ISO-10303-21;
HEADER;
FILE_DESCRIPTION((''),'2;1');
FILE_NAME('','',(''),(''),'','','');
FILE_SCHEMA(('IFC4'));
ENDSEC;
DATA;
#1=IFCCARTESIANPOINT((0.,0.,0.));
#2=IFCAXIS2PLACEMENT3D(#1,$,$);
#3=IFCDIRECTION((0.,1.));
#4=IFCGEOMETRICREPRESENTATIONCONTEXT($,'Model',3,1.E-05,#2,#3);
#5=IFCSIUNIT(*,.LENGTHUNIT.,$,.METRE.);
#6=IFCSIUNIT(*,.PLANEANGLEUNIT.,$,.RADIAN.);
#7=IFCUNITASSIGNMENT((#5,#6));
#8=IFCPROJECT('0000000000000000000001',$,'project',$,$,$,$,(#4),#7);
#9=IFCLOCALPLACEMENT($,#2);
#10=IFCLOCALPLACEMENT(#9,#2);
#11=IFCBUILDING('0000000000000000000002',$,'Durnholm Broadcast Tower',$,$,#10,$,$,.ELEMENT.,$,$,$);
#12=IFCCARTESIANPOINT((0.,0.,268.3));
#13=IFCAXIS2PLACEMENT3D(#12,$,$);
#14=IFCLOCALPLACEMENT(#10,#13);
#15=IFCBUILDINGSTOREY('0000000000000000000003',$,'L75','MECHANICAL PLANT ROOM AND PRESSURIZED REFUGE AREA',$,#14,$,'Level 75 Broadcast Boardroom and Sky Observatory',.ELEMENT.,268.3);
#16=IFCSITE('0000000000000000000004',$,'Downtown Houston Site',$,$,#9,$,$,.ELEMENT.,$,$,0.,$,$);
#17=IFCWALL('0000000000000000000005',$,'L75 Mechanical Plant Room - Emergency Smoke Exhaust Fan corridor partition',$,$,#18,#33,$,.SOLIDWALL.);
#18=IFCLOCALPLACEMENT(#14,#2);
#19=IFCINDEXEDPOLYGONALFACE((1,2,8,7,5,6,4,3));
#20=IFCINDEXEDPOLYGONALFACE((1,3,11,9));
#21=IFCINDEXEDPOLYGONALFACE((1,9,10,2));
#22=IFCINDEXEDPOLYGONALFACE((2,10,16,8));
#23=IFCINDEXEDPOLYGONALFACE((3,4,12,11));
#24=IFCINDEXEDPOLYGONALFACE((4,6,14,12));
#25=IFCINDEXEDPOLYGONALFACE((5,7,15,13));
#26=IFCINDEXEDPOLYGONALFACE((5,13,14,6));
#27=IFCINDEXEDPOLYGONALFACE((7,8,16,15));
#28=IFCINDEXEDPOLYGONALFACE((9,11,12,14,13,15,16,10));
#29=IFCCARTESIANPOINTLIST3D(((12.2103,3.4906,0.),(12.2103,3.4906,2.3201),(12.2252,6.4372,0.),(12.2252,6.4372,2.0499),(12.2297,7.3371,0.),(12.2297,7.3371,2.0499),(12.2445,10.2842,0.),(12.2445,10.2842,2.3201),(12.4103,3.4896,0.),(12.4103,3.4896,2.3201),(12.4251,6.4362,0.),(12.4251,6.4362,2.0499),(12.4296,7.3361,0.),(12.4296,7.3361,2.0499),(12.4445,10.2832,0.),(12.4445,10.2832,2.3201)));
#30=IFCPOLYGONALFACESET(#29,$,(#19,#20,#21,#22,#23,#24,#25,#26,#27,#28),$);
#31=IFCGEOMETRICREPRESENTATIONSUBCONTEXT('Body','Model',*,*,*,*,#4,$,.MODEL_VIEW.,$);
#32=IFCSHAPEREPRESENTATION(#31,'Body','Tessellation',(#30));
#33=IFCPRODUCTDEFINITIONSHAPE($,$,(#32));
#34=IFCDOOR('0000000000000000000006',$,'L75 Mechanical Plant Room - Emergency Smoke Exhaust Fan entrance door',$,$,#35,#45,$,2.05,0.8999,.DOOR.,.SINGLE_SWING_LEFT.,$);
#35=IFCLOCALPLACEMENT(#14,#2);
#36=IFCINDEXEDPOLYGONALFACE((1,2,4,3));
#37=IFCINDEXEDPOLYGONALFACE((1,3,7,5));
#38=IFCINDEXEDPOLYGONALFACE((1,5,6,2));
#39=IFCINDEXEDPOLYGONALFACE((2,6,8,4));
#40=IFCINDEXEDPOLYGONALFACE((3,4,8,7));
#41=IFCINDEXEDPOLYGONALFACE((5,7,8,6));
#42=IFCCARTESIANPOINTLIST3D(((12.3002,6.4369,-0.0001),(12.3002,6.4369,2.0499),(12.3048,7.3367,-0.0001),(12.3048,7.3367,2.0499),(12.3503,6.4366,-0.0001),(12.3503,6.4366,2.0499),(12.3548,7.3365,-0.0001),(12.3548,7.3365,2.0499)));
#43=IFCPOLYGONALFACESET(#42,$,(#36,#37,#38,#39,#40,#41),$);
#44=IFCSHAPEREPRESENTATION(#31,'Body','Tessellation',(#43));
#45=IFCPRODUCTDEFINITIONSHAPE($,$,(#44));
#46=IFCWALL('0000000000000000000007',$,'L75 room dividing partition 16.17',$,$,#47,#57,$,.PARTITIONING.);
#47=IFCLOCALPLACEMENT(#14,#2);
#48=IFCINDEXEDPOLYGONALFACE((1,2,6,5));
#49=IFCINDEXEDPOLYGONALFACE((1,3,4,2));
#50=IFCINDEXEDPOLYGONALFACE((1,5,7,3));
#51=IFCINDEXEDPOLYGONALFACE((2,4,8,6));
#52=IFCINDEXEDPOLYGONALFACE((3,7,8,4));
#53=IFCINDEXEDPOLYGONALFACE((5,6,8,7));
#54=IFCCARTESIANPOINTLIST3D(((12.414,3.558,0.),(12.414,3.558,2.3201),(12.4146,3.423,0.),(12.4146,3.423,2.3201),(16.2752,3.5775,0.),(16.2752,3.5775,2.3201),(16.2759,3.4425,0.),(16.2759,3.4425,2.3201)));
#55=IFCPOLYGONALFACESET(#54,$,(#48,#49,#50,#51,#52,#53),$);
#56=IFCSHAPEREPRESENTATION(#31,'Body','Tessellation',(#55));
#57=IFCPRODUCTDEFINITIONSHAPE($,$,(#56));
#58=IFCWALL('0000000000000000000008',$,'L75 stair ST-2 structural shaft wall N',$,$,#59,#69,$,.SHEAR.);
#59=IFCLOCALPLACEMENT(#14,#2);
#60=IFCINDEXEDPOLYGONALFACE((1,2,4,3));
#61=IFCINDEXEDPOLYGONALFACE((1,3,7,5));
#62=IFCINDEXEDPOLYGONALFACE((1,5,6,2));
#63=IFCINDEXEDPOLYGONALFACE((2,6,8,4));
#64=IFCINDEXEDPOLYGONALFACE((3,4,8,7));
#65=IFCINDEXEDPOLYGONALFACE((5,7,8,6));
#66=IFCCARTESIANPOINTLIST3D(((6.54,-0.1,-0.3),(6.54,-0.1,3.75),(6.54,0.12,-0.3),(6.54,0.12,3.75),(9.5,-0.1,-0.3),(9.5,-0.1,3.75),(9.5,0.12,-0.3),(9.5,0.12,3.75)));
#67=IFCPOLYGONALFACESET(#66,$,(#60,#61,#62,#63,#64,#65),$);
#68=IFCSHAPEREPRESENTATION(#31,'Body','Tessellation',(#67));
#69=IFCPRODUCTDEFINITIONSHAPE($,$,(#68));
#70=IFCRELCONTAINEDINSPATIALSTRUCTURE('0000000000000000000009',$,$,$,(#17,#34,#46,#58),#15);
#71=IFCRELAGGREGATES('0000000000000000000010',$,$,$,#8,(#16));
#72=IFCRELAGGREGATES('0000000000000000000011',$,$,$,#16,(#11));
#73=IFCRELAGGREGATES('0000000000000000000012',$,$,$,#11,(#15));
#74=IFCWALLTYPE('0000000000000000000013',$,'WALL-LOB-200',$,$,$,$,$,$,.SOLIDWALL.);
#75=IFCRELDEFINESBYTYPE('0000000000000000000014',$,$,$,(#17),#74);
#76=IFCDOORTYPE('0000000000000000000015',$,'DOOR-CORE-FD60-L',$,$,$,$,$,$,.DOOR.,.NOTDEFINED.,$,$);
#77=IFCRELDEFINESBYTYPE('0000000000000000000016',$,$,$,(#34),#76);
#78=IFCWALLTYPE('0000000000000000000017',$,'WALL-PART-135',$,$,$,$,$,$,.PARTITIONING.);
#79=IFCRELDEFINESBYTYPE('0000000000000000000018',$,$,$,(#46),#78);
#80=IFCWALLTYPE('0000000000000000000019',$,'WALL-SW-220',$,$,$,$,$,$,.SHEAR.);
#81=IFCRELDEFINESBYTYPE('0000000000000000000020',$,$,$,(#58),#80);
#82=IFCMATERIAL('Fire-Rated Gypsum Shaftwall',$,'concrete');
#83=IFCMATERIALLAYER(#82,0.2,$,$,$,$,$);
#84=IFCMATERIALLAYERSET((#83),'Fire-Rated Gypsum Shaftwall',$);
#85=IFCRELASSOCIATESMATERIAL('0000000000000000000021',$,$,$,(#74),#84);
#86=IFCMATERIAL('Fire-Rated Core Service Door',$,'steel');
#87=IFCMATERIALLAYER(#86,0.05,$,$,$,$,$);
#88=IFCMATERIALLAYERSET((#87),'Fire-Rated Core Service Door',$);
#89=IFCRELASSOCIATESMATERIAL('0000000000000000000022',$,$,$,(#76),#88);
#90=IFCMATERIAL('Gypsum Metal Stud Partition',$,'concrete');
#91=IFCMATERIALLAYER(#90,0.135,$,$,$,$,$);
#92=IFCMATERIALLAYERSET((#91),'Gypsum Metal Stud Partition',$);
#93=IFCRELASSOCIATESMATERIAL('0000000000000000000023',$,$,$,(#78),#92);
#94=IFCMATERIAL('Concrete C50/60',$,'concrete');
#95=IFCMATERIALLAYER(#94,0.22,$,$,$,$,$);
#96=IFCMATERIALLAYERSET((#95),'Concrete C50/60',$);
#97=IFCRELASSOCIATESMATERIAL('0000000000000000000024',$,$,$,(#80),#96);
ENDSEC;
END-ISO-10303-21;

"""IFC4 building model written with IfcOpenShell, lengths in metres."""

from ifc_helpers import new_model, si_unit, direction, frame, frame_2d, origin, place, context, subcontext, project, spatial, rectangle, extrude, source, transform, mapped, material, layer, layer_set, type_object, type_shapes, element, fill, save


model = new_model("IFC4")

# Units and contexts
model_context = context("Model", 3, precision=1e-05, world=origin(), true_north=direction((0.0, 1.0)))
body_context = subcontext(model_context, "Body", "Model", "MODEL_VIEW")
ifc_project = project(units=[si_unit("LENGTHUNIT", "METRE"), si_unit("PLANEANGLEUNIT", "RADIAN")], contexts=[model_context])

# Site, building, storey
site_placement = place(None, origin())
site = spatial("IfcSite", under=ifc_project, at=site_placement, Name="Downtown Houston Site", CompositionType="ELEMENT", RefElevation=0.0)
building_placement = place(site_placement, origin())
building = spatial("IfcBuilding", under=site, at=building_placement, Name="Durnholm Broadcast Tower", CompositionType="ELEMENT")
storey_placement = place(building_placement, frame((0.0, 0.0, 268.3)))
storey = spatial("IfcBuildingStorey", under=building, at=storey_placement, Name="L75", Description="MECHANICAL PLANT ROOM AND PRESSURIZED REFUGE AREA", LongName="Level 75 Broadcast Boardroom and Sky Observatory", CompositionType="ELEMENT", Elevation=268.3)

# Wall, opening, door
ifc_material_1 = material(Name="Fire-Rated Gypsum Shaftwall", Category="concrete")
ifc_layer_1 = layer(ifc_material_1, 0.2)
ifc_layer_set_1 = layer_set([ifc_layer_1], Name="Fire-Rated Gypsum Shaftwall")
wall_type_1 = type_object("IfcWallType", Name="WALL-LOB-200", PredefinedType="SOLIDWALL", material=ifc_layer_set_1)
ifc_material_2 = material(Name="Fire-Rated Core Service Door", Category="steel")
wall_1_placement = place(storey_placement, frame((12.3103, 3.49, 0.0), z_axis=(0.0, 0.0, 1.0), x_axis=(0.005031, 0.999987, 0.0)))
wall_1 = element("IfcWall", 1, at=wall_1_placement, inside=storey, type_object=wall_type_1, Name="L75 Mechanical Plant Room - Emergency Smoke Exhaust Fan corridor partition", PredefinedType="SOLIDWALL", context=body_context, shape_type="SweptSolid", body=[
    extrude(rectangle(XDim=6.7937, YDim=0.2, at=frame_2d((3.397, 0.0))), origin(), (0.0, 0.0, 1.0), 2.3201),
])
opening_1_placement = place(wall_1_placement, frame((2.9468, 0.0, 0.0)))
opening_1 = element("IfcOpeningElement", 2, at=opening_1_placement, cuts=wall_1, PredefinedType="OPENING", context=body_context, shape_type="SweptSolid", body=[
    extrude(rectangle(XDim=0.8999, YDim=2.05, at=frame_2d((0.45, 1.0249))), frame((0.0, 0.1099, 0.0), z_axis=(0.0, -1.0, 0.0), x_axis=(1.0, 0.0, 0.0)), (0.0, 0.0, 1.0), 0.22),
])
ifc_layer_2 = layer(ifc_material_2, 0.05)
ifc_layer_set_2 = layer_set([ifc_layer_2], Name="Fire-Rated Core Service Door")
door_type_1 = type_object("IfcDoorType", Name="DOOR-CORE-FD60-L", OperationType="NOTDEFINED", PredefinedType="DOOR", material=ifc_layer_set_2)
shared_shape_1 = source(origin(), body_context, "Body", "SweptSolid", [
    extrude(rectangle(XDim=0.8999, YDim=2.05, at=frame_2d((0.45, 1.0249))), frame((0.0, 0.0249, 0.0), z_axis=(0.0, -1.0, 0.0), x_axis=(1.0, 0.0, 0.0)), (0.0, 0.0, 1.0), 0.05),
])
type_shapes(door_type_1, [shared_shape_1])
door_1_placement = place(opening_1_placement, origin())
door_1 = element("IfcDoor", 3, at=door_1_placement, inside=storey, type_object=door_type_1, Name="L75 Mechanical Plant Room - Emergency Smoke Exhaust Fan entrance door", OperationType="SINGLE_SWING_LEFT", OverallHeight=2.05, OverallWidth=0.8999, PredefinedType="DOOR", context=body_context, shape_type="MappedRepresentation", body=[
    mapped(shared_shape_1, transform((0.0, 0.0, 0.0), x_axis=(1.0, 0.0, 0.0), y_axis=(0.0, 1.0, 0.0), z_axis=(0.0, 0.0, 1.0), scale=1.0)),
])
fill(opening_1, door_1)

# Walls
ifc_material_3 = material(Name="Gypsum Metal Stud Partition", Category="concrete")
ifc_layer_3 = layer(ifc_material_3, 0.135)
ifc_layer_set_3 = layer_set([ifc_layer_3], Name="Gypsum Metal Stud Partition")
wall_type_2 = type_object("IfcWallType", Name="WALL-PART-135", PredefinedType="PARTITIONING", material=ifc_layer_set_3)
wall_2_placement = place(storey_placement, frame((12.4143, 3.4905, 0.0), z_axis=(0.0, 0.0, 1.0), x_axis=(0.999987, 0.005058, 0.0)))
element("IfcWall", 4, at=wall_2_placement, inside=storey, type_object=wall_type_2, Name="L75 room dividing partition 16.17", PredefinedType="PARTITIONING", context=body_context, shape_type="SweptSolid", body=[
    extrude(rectangle(XDim=3.8613, YDim=0.135, at=frame_2d((1.9307, 0.0))), origin(), (0.0, 0.0, 1.0), 2.3201),
])
ifc_material_4 = material(Name="Concrete C50/60", Category="concrete")
ifc_layer_4 = layer(ifc_material_4, 0.22)
ifc_layer_set_4 = layer_set([ifc_layer_4], Name="Concrete C50/60")
wall_type_3 = type_object("IfcWallType", Name="WALL-SW-220", PredefinedType="SHEAR", material=ifc_layer_set_4)
wall_3_placement = place(storey_placement, frame((9.5, 0.01, -0.3), z_axis=(0.0, 0.0, 1.0), x_axis=(-1.0, 0.0, 0.0)))
element("IfcWall", 5, at=wall_3_placement, inside=storey, type_object=wall_type_3, Name="L75 stair ST-2 structural shaft wall N", PredefinedType="SHEAR", context=body_context, shape_type="SweptSolid", body=[
    extrude(rectangle(XDim=2.96, YDim=0.22, at=frame_2d((1.48, 0.0))), origin(), (0.0, 0.0, 1.0), 4.05),
])

save(model, "model.ifc")
